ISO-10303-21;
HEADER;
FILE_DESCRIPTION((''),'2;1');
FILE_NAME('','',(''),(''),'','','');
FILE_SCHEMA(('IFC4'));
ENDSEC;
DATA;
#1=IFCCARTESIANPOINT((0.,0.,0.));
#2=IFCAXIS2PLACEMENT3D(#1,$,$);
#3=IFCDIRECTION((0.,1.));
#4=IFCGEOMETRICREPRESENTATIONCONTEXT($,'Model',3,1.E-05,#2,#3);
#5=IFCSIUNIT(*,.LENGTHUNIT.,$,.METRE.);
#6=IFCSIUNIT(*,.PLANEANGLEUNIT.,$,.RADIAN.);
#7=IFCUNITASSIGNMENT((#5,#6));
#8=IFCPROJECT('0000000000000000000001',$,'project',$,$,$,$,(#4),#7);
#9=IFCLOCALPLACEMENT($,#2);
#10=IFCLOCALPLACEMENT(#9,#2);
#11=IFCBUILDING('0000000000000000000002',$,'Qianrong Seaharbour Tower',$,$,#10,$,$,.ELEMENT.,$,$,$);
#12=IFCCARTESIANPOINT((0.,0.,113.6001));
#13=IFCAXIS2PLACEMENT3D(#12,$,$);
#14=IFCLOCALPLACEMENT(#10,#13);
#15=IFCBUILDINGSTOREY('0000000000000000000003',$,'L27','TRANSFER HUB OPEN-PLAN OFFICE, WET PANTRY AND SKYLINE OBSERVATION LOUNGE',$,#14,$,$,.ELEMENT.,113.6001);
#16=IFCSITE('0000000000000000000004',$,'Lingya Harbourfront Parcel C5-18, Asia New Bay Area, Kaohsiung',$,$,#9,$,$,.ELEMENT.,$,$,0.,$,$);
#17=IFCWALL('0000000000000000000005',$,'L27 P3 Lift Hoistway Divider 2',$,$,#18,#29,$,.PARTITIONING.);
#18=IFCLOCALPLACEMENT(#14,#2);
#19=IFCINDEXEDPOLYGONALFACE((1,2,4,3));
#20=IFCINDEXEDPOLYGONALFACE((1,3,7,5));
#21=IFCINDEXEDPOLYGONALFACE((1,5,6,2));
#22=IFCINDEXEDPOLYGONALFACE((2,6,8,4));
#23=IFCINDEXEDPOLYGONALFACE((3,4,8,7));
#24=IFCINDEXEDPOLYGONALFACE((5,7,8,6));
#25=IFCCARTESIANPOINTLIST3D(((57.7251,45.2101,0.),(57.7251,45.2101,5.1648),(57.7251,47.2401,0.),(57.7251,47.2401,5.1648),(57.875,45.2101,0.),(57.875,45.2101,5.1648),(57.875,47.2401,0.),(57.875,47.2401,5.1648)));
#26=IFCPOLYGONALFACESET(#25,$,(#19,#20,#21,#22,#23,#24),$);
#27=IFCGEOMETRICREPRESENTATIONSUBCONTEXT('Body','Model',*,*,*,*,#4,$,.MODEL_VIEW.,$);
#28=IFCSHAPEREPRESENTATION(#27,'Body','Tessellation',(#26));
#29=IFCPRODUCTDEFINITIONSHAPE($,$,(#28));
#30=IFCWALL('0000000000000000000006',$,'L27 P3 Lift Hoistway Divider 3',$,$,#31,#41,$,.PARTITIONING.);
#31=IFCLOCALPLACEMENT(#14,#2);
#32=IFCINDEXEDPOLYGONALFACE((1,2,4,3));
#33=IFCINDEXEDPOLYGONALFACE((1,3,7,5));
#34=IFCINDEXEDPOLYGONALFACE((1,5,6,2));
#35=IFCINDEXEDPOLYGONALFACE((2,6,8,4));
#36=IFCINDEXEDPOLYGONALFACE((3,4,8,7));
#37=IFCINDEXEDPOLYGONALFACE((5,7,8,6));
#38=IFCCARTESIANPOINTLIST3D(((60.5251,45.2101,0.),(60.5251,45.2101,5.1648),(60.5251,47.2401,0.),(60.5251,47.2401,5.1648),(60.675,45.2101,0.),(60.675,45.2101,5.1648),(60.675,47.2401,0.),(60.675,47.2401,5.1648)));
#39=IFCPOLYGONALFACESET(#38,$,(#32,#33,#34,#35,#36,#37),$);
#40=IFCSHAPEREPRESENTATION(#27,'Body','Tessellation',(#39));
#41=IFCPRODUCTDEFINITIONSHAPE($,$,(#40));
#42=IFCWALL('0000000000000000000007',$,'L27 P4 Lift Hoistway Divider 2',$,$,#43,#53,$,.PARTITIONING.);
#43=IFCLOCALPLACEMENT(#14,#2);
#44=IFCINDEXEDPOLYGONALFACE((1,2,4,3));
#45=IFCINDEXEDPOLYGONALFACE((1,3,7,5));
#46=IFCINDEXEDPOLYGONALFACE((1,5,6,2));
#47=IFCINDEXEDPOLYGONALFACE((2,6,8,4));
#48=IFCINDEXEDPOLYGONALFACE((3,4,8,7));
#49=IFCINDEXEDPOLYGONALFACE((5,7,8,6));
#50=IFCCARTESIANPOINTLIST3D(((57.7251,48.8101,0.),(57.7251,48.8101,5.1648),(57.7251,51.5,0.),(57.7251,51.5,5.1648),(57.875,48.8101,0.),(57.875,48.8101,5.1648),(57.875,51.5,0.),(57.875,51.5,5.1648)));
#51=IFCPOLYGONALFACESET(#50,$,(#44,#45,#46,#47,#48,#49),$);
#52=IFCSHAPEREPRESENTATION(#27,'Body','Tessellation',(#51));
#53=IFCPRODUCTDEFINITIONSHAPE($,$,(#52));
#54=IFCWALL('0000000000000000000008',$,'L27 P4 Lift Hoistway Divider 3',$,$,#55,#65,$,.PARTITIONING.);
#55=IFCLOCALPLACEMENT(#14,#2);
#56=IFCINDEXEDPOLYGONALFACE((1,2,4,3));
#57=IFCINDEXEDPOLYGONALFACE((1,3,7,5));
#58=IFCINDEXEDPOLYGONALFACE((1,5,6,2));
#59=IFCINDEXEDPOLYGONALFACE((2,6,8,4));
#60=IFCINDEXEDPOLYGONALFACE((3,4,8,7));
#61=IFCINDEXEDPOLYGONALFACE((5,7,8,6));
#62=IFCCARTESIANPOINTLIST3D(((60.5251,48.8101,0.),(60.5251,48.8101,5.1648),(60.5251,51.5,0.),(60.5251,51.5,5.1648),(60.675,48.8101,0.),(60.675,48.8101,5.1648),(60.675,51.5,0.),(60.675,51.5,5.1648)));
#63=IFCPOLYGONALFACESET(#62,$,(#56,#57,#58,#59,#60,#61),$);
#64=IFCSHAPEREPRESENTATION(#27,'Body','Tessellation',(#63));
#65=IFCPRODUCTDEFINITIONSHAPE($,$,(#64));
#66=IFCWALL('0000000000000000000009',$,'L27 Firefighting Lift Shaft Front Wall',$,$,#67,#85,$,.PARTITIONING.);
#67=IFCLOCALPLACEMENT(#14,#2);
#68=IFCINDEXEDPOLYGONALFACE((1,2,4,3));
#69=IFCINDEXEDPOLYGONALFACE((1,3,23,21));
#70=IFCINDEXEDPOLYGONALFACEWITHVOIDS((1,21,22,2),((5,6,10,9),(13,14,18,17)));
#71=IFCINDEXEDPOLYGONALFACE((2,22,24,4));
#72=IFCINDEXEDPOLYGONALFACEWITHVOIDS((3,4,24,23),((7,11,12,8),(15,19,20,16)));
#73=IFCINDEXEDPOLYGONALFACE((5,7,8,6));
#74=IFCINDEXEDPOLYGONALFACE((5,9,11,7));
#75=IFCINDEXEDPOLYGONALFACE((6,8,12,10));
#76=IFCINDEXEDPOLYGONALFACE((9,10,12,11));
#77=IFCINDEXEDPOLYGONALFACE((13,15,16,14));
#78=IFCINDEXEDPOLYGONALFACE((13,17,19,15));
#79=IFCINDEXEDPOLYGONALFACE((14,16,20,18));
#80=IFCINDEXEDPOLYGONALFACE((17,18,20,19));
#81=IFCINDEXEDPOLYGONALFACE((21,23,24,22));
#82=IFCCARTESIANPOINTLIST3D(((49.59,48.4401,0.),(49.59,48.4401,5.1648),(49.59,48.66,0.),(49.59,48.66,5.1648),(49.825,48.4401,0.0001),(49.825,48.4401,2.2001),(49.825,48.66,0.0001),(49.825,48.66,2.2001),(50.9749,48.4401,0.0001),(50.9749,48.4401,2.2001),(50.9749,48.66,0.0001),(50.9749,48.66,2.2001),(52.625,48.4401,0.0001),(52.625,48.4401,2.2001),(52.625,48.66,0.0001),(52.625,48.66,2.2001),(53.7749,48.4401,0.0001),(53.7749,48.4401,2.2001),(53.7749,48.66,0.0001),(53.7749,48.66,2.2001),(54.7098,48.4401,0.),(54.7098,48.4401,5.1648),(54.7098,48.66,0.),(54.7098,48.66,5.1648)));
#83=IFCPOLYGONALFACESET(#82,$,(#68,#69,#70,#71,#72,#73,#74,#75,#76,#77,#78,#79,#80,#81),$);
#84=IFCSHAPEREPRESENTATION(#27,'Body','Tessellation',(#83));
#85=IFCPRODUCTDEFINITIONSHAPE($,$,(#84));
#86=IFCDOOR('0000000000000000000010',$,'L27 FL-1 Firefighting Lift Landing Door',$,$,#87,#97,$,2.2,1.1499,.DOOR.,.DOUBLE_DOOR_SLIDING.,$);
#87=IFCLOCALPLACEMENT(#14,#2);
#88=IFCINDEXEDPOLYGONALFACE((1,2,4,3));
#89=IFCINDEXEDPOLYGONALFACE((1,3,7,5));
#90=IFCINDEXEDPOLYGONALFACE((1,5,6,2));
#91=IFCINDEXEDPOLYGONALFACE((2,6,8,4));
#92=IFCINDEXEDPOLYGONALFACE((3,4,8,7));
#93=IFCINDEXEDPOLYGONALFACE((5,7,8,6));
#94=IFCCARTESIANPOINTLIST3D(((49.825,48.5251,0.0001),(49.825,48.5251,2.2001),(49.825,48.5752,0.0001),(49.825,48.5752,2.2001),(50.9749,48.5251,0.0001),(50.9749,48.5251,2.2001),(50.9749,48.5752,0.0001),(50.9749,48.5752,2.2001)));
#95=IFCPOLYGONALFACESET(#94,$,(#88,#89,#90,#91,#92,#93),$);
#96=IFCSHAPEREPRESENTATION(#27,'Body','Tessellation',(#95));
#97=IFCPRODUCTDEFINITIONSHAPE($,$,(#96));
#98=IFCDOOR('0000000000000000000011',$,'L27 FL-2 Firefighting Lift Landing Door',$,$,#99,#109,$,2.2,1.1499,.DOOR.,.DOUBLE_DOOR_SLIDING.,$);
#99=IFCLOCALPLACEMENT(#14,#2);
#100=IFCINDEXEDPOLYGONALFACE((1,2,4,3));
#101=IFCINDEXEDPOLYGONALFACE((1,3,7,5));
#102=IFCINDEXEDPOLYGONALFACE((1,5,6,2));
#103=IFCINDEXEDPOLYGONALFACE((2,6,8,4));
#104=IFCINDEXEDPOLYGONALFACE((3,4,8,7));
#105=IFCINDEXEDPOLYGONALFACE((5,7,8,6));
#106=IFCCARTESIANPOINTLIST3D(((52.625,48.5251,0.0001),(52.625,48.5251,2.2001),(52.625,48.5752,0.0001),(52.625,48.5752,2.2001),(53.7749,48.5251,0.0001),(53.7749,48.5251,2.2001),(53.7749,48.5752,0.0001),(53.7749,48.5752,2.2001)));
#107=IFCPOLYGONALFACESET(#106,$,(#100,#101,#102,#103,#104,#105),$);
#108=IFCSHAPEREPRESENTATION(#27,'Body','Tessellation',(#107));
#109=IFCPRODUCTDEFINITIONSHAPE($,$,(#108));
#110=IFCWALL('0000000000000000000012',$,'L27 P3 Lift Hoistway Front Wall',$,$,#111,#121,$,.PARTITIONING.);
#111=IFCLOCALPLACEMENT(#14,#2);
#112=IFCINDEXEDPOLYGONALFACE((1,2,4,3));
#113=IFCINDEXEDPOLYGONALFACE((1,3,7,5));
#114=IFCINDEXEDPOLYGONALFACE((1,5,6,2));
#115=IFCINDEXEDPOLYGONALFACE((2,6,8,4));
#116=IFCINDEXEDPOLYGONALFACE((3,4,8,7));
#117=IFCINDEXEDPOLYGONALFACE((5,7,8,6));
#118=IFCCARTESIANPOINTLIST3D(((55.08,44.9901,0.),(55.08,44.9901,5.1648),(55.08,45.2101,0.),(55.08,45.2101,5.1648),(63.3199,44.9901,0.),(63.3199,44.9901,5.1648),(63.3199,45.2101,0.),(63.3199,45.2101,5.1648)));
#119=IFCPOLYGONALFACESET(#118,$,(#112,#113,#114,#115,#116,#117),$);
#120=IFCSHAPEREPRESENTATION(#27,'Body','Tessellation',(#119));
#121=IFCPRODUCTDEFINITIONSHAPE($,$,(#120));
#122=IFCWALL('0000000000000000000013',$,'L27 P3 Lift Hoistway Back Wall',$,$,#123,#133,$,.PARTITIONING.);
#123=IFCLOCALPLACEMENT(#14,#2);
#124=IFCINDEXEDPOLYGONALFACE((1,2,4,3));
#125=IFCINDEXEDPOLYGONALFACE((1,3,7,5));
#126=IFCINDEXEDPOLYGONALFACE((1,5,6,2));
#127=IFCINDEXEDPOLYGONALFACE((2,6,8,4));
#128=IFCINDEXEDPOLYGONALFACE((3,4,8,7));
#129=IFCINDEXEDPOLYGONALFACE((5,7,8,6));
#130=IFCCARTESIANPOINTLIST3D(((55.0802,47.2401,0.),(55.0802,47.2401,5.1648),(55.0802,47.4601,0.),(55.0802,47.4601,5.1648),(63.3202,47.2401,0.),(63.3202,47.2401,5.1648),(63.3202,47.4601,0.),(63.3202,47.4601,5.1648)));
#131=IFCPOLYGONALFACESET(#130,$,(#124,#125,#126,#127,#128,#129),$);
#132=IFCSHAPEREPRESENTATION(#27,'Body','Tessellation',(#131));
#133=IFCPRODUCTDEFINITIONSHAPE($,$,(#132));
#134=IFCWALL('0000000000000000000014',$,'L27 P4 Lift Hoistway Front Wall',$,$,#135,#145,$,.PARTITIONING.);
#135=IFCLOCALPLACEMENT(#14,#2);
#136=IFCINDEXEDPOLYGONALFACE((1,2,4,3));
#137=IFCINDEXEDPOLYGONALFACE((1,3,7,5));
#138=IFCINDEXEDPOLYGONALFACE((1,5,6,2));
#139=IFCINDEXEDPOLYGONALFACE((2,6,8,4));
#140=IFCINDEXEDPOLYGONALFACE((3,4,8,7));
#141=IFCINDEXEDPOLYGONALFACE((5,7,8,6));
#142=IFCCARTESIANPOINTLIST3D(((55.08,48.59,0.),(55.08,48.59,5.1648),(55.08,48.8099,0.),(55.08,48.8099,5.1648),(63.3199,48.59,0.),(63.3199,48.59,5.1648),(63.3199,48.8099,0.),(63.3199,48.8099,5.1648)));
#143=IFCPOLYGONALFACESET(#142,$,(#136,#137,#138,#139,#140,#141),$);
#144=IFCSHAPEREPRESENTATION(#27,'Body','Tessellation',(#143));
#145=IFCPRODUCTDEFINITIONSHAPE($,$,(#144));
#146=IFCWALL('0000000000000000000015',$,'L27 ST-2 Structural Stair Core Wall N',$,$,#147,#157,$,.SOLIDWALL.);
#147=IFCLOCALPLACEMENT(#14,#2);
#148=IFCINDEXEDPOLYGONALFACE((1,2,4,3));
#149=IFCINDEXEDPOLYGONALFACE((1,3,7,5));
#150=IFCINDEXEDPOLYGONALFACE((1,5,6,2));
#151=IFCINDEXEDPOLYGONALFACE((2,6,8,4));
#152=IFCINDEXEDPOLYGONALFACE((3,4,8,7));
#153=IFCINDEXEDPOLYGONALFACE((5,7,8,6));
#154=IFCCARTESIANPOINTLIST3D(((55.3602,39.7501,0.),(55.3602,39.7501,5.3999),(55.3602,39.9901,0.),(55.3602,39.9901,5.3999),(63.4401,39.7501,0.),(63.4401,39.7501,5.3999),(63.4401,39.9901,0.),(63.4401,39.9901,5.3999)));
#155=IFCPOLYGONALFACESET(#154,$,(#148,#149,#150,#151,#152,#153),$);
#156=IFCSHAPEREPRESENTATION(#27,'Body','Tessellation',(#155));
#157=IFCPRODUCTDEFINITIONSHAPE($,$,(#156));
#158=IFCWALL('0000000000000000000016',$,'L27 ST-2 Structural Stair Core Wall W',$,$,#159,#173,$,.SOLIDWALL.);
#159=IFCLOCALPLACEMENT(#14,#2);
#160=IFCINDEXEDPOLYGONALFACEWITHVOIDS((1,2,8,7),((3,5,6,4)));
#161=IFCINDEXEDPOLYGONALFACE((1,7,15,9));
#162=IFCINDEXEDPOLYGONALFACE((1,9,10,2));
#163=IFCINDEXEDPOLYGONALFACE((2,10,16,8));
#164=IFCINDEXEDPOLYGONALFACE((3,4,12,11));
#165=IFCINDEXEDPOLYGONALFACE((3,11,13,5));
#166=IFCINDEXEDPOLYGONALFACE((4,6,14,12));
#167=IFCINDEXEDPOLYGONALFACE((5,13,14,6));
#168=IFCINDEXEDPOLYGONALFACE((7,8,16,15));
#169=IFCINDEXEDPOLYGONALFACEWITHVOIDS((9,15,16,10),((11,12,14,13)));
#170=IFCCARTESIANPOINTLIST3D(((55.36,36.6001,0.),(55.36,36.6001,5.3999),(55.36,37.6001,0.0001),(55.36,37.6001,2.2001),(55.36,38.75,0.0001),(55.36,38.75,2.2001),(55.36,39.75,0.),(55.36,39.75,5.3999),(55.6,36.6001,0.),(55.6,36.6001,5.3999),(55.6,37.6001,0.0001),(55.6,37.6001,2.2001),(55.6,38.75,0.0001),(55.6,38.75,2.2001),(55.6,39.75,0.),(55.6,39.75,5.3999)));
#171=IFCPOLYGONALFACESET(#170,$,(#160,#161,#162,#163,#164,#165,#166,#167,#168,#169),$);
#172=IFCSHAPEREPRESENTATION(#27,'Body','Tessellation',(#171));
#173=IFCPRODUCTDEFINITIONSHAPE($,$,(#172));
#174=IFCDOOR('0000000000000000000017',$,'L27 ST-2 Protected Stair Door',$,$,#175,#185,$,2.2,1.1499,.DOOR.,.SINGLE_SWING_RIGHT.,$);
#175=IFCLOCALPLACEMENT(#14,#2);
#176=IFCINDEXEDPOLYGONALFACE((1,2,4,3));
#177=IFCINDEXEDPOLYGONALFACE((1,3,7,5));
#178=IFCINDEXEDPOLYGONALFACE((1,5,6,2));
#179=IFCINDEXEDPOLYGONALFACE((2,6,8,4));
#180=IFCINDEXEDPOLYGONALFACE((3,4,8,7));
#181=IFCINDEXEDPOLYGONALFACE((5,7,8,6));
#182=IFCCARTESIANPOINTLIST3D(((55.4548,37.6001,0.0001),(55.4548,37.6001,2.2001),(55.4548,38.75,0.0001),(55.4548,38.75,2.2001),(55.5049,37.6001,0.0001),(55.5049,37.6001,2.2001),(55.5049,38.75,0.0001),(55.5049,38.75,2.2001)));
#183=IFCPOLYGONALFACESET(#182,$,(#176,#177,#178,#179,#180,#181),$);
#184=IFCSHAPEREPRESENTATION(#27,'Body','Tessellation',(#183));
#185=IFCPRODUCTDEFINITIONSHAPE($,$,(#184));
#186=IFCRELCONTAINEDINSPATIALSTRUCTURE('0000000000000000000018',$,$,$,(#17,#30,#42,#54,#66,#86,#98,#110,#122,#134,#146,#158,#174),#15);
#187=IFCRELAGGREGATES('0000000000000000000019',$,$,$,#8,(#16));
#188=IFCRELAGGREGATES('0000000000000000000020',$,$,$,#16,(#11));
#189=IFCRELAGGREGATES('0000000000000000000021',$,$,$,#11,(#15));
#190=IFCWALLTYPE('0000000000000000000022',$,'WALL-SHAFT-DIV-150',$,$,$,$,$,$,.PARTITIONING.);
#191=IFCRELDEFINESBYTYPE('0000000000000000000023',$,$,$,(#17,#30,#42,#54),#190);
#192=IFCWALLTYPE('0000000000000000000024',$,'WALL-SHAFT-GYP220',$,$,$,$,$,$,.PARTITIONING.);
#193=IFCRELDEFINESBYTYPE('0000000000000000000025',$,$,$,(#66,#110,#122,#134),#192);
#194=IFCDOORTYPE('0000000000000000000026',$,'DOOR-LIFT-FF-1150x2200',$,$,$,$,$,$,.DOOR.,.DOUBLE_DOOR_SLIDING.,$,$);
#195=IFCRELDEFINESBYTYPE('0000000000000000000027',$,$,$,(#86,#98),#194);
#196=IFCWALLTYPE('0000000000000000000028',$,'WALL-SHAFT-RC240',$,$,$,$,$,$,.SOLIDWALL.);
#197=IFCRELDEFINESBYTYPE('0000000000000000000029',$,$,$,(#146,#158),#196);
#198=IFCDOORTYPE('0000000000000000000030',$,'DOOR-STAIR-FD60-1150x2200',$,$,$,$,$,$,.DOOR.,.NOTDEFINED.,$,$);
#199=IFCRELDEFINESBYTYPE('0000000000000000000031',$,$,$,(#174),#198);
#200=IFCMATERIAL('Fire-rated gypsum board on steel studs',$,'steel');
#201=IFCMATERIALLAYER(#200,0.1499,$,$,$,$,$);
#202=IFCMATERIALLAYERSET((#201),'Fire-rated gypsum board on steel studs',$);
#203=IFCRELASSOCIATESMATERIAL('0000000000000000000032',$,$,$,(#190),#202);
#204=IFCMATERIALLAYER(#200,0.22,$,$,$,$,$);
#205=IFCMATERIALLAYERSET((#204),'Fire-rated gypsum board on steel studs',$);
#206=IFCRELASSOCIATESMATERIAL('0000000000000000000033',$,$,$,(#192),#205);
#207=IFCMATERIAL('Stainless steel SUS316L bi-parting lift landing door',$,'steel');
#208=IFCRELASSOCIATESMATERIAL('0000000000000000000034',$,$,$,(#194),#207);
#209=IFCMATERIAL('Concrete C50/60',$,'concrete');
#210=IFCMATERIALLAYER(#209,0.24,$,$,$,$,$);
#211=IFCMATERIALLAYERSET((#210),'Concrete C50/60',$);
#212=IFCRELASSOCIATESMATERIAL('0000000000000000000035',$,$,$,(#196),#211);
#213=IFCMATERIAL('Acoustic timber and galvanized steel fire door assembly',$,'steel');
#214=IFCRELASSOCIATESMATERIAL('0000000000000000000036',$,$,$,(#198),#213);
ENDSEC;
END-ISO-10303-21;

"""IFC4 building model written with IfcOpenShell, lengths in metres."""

from ifc_helpers import new_model, si_unit, direction, frame, frame_2d, origin, place, context, subcontext, project, spatial, rectangle, extrude, material, layer, layer_set, type_object, element, fill, save


model = new_model("IFC4")

# Units and contexts
model_context = context("Model", 3, precision=1e-05, world=origin(), true_north=direction((0.0, 1.0)))
body_context = subcontext(model_context, "Body", "Model", "MODEL_VIEW")
ifc_project = project(units=[si_unit("LENGTHUNIT", "METRE"), si_unit("PLANEANGLEUNIT", "RADIAN")], contexts=[model_context])

# Site, building, storey
site_placement = place(None, origin())
site = spatial("IfcSite", under=ifc_project, at=site_placement, Name="Lingya Harbourfront Parcel C5-18, Asia New Bay Area, Kaohsiung", CompositionType="ELEMENT", RefElevation=0.0)
building_placement = place(site_placement, origin())
building = spatial("IfcBuilding", under=site, at=building_placement, Name="Qianrong Seaharbour Tower", CompositionType="ELEMENT")
storey_placement = place(building_placement, frame((0.0, 0.0, 113.6001)))
storey = spatial("IfcBuildingStorey", under=building, at=storey_placement, Name="L27", Description="TRANSFER HUB OPEN-PLAN OFFICE, WET PANTRY AND SKYLINE OBSERVATION LOUNGE", CompositionType="ELEMENT", Elevation=113.6001)

# Shared definitions
ifc_material_1 = material(Name="Acoustic timber and galvanized steel fire door assembly", Category="steel")

# Walls
ifc_material_2 = material(Name="Fire-rated gypsum board on steel studs", Category="steel")
ifc_layer_1 = layer(ifc_material_2, 0.1499)
ifc_layer_set_1 = layer_set([ifc_layer_1], Name="Fire-rated gypsum board on steel studs")
wall_type_1 = type_object("IfcWallType", Name="WALL-SHAFT-DIV-150", PredefinedType="PARTITIONING", material=ifc_layer_set_1)
for number, where, z_axis, x_axis, name in (
    (1, (57.8, 45.21, 0.0), (0.0, 0.0, 1.0), (0.0, 1.0, 0.0), "L27 P3 Lift Hoistway Divider 2"),
    (2, (60.6001, 45.21, 0.0), (0.0, 0.0, 1.0), (0.0, 1.0, 0.0), "L27 P3 Lift Hoistway Divider 3"),
):
    element("IfcWall", number, at=place(storey_placement, frame(where, z_axis=z_axis, x_axis=x_axis)), inside=storey, type_object=wall_type_1, Name=name, PredefinedType="PARTITIONING", context=body_context, shape_type="SweptSolid", body=[
        extrude(rectangle(XDim=2.03, YDim=0.1499, at=frame_2d((1.0151, 0.0))), origin(), (0.0, 0.0, 1.0), 5.1648),
    ])
for number, where, z_axis, x_axis, name in (
    (3, (57.8, 48.8101, 0.0), (0.0, 0.0, 1.0), (0.0, 1.0, 0.0), "L27 P4 Lift Hoistway Divider 2"),
    (4, (60.6001, 48.8101, 0.0), (0.0, 0.0, 1.0), (0.0, 1.0, 0.0), "L27 P4 Lift Hoistway Divider 3"),
):
    element("IfcWall", number, at=place(storey_placement, frame(where, z_axis=z_axis, x_axis=x_axis)), inside=storey, type_object=wall_type_1, Name=name, PredefinedType="PARTITIONING", context=body_context, shape_type="SweptSolid", body=[
        extrude(rectangle(XDim=2.6899, YDim=0.1499, at=frame_2d((1.345, 0.0))), origin(), (0.0, 0.0, 1.0), 5.1648),
    ])

# Wall, openings, doors
ifc_layer_2 = layer(ifc_material_2, 0.22)
ifc_layer_set_2 = layer_set([ifc_layer_2], Name="Fire-rated gypsum board on steel studs")
wall_type_2 = type_object("IfcWallType", Name="WALL-SHAFT-GYP220", PredefinedType="PARTITIONING", material=ifc_layer_set_2)
wall_1_placement = place(storey_placement, frame((54.71, 48.55, 0.0), z_axis=(0.0, 0.0, 1.0), x_axis=(-1.0, 0.0, 0.0)))
wall_1 = element("IfcWall", 5, at=wall_1_placement, inside=storey, type_object=wall_type_2, Name="L27 Firefighting Lift Shaft Front Wall", PredefinedType="PARTITIONING", context=body_context, shape_type="SweptSolid", body=[
    extrude(rectangle(XDim=5.1199, YDim=0.22, at=frame_2d((2.5601, 0.0))), origin(), (0.0, 0.0, 1.0), 5.1648),
])
opening_1_placement = place(wall_1_placement, frame((3.7351, 0.0, 0.0)))
opening_1 = element("IfcOpeningElement", 6, at=opening_1_placement, cuts=wall_1, PredefinedType="OPENING", context=body_context, shape_type="SweptSolid", body=[
    extrude(rectangle(XDim=1.1499, YDim=2.2, at=frame_2d((0.575, 1.1001))), frame((0.0, 0.1201, 0.0), z_axis=(0.0, -1.0, 0.0), x_axis=(1.0, 0.0, 0.0)), (0.0, 0.0, 1.0), 0.24),
])
opening_2_placement = place(wall_1_placement, frame((0.9351, 0.0, 0.0)))
opening_2 = element("IfcOpeningElement", 7, at=opening_2_placement, cuts=wall_1, PredefinedType="OPENING", context=body_context, shape_type="SweptSolid", body=[
    extrude(rectangle(XDim=1.1499, YDim=2.2, at=frame_2d((0.575, 1.1001))), frame((0.0, 0.1201, 0.0), z_axis=(0.0, -1.0, 0.0), x_axis=(1.0, 0.0, 0.0)), (0.0, 0.0, 1.0), 0.24),
])
ifc_material_3 = material(Name="Stainless steel SUS316L bi-parting lift landing door", Category="steel")
door_type_1 = type_object("IfcDoorType", Name="DOOR-LIFT-FF-1150x2200", OperationType="DOUBLE_DOOR_SLIDING", PredefinedType="DOOR", material=ifc_material_3)
door_1_placement = place(opening_1_placement, origin())
door_1 = element("IfcDoor", 8, at=door_1_placement, inside=storey, type_object=door_type_1, Name="L27 FL-1 Firefighting Lift Landing Door", OperationType="DOUBLE_DOOR_SLIDING", OverallHeight=2.2, OverallWidth=1.1499, PredefinedType="DOOR", context=body_context, shape_type="SweptSolid", body=[
    extrude(rectangle(XDim=1.1499, YDim=2.2, at=frame_2d((0.575, 1.1001))), frame((0.0, 0.0249, 0.0), z_axis=(0.0, -1.0, 0.0), x_axis=(1.0, 0.0, 0.0)), (0.0, 0.0, 1.0), 0.05),
])
fill(opening_1, door_1)
door_2_placement = place(opening_2_placement, origin())
door_2 = element("IfcDoor", 9, at=door_2_placement, inside=storey, type_object=door_type_1, Name="L27 FL-2 Firefighting Lift Landing Door", OperationType="DOUBLE_DOOR_SLIDING", OverallHeight=2.2, OverallWidth=1.1499, PredefinedType="DOOR", context=body_context, shape_type="SweptSolid", body=[
    extrude(rectangle(XDim=1.1499, YDim=2.2, at=frame_2d((0.575, 1.1001))), frame((0.0, 0.0249, 0.0), z_axis=(0.0, -1.0, 0.0), x_axis=(1.0, 0.0, 0.0)), (0.0, 0.0, 1.0), 0.05),
])
fill(opening_2, door_2)

# Walls
for number, where, z_axis, x_axis, name in (
    (10, (63.3201, 45.1001, 0.0), (0.0, 0.0, 1.0), (-1.0, 0.0, 0.0), "L27 P3 Lift Hoistway Front Wall"),
    (11, (55.0801, 47.3501, 0.0), (0.0, 0.0, 1.0), (1.0, 0.0, 0.0), "L27 P3 Lift Hoistway Back Wall"),
    (12, (63.3201, 48.7, 0.0), (0.0, 0.0, 1.0), (-1.0, 0.0, 0.0), "L27 P4 Lift Hoistway Front Wall"),
):
    element("IfcWall", number, at=place(storey_placement, frame(where, z_axis=z_axis, x_axis=x_axis)), inside=storey, type_object=wall_type_2, Name=name, PredefinedType="PARTITIONING", context=body_context, shape_type="SweptSolid", body=[
        extrude(rectangle(XDim=8.24, YDim=0.22, at=frame_2d((4.1201, 0.0))), origin(), (0.0, 0.0, 1.0), 5.1648),
    ])
ifc_material_4 = material(Name="Concrete C50/60", Category="concrete")
ifc_layer_3 = layer(ifc_material_4, 0.24)
ifc_layer_set_3 = layer_set([ifc_layer_3], Name="Concrete C50/60")
wall_type_3 = type_object("IfcWallType", Name="WALL-SHAFT-RC240", PredefinedType="SOLIDWALL", material=ifc_layer_set_3)
wall_2_placement = place(storey_placement, frame((55.3601, 39.8701, 0.0), z_axis=(0.0, 0.0, 1.0), x_axis=(1.0, 0.0, 0.0)))
element("IfcWall", 13, at=wall_2_placement, inside=storey, type_object=wall_type_3, Name="L27 ST-2 Structural Stair Core Wall N", PredefinedType="SOLIDWALL", context=body_context, shape_type="SweptSolid", body=[
    extrude(rectangle(XDim=8.0798, YDim=0.24, at=frame_2d((4.04, 0.0))), origin(), (0.0, 0.0, 1.0), 5.3999),
])

# Wall, opening, door
wall_3_placement = place(storey_placement, frame((55.48, 39.75, 0.0), z_axis=(0.0, 0.0, 1.0), x_axis=(0.0, -1.0, 0.0)))
wall_3 = element("IfcWall", 14, at=wall_3_placement, inside=storey, type_object=wall_type_3, Name="L27 ST-2 Structural Stair Core Wall W", PredefinedType="SOLIDWALL", context=body_context, shape_type="SweptSolid", body=[
    extrude(rectangle(XDim=3.1499, YDim=0.24, at=frame_2d((1.575, 0.0))), origin(), (0.0, 0.0, 1.0), 5.3999),
])
opening_3_placement = place(wall_3_placement, frame((1.0, 0.0, 0.0)))
opening_3 = element("IfcOpeningElement", 15, at=opening_3_placement, cuts=wall_3, PredefinedType="OPENING", context=body_context, shape_type="SweptSolid", body=[
    extrude(rectangle(XDim=1.1499, YDim=2.2, at=frame_2d((0.575, 1.1001))), frame((0.0, 0.1299, 0.0), z_axis=(0.0, -1.0, 0.0), x_axis=(1.0, 0.0, 0.0)), (0.0, 0.0, 1.0), 0.26),
])
door_type_2 = type_object("IfcDoorType", Name="DOOR-STAIR-FD60-1150x2200", OperationType="NOTDEFINED", PredefinedType="DOOR", material=ifc_material_1)
door_3_placement = place(opening_3_placement, origin())
door_3 = element("IfcDoor", 16, at=door_3_placement, inside=storey, type_object=door_type_2, Name="L27 ST-2 Protected Stair Door", OperationType="SINGLE_SWING_RIGHT", OverallHeight=2.2, OverallWidth=1.1499, PredefinedType="DOOR", context=body_context, shape_type="SweptSolid", body=[
    extrude(rectangle(XDim=1.1499, YDim=2.2, at=frame_2d((0.575, 1.1001))), frame((0.0, 0.0249, 0.0), z_axis=(0.0, -1.0, 0.0), x_axis=(1.0, 0.0, 0.0)), (0.0, 0.0, 1.0), 0.05),
])
fill(opening_3, door_3)

save(model, "model.ifc")
